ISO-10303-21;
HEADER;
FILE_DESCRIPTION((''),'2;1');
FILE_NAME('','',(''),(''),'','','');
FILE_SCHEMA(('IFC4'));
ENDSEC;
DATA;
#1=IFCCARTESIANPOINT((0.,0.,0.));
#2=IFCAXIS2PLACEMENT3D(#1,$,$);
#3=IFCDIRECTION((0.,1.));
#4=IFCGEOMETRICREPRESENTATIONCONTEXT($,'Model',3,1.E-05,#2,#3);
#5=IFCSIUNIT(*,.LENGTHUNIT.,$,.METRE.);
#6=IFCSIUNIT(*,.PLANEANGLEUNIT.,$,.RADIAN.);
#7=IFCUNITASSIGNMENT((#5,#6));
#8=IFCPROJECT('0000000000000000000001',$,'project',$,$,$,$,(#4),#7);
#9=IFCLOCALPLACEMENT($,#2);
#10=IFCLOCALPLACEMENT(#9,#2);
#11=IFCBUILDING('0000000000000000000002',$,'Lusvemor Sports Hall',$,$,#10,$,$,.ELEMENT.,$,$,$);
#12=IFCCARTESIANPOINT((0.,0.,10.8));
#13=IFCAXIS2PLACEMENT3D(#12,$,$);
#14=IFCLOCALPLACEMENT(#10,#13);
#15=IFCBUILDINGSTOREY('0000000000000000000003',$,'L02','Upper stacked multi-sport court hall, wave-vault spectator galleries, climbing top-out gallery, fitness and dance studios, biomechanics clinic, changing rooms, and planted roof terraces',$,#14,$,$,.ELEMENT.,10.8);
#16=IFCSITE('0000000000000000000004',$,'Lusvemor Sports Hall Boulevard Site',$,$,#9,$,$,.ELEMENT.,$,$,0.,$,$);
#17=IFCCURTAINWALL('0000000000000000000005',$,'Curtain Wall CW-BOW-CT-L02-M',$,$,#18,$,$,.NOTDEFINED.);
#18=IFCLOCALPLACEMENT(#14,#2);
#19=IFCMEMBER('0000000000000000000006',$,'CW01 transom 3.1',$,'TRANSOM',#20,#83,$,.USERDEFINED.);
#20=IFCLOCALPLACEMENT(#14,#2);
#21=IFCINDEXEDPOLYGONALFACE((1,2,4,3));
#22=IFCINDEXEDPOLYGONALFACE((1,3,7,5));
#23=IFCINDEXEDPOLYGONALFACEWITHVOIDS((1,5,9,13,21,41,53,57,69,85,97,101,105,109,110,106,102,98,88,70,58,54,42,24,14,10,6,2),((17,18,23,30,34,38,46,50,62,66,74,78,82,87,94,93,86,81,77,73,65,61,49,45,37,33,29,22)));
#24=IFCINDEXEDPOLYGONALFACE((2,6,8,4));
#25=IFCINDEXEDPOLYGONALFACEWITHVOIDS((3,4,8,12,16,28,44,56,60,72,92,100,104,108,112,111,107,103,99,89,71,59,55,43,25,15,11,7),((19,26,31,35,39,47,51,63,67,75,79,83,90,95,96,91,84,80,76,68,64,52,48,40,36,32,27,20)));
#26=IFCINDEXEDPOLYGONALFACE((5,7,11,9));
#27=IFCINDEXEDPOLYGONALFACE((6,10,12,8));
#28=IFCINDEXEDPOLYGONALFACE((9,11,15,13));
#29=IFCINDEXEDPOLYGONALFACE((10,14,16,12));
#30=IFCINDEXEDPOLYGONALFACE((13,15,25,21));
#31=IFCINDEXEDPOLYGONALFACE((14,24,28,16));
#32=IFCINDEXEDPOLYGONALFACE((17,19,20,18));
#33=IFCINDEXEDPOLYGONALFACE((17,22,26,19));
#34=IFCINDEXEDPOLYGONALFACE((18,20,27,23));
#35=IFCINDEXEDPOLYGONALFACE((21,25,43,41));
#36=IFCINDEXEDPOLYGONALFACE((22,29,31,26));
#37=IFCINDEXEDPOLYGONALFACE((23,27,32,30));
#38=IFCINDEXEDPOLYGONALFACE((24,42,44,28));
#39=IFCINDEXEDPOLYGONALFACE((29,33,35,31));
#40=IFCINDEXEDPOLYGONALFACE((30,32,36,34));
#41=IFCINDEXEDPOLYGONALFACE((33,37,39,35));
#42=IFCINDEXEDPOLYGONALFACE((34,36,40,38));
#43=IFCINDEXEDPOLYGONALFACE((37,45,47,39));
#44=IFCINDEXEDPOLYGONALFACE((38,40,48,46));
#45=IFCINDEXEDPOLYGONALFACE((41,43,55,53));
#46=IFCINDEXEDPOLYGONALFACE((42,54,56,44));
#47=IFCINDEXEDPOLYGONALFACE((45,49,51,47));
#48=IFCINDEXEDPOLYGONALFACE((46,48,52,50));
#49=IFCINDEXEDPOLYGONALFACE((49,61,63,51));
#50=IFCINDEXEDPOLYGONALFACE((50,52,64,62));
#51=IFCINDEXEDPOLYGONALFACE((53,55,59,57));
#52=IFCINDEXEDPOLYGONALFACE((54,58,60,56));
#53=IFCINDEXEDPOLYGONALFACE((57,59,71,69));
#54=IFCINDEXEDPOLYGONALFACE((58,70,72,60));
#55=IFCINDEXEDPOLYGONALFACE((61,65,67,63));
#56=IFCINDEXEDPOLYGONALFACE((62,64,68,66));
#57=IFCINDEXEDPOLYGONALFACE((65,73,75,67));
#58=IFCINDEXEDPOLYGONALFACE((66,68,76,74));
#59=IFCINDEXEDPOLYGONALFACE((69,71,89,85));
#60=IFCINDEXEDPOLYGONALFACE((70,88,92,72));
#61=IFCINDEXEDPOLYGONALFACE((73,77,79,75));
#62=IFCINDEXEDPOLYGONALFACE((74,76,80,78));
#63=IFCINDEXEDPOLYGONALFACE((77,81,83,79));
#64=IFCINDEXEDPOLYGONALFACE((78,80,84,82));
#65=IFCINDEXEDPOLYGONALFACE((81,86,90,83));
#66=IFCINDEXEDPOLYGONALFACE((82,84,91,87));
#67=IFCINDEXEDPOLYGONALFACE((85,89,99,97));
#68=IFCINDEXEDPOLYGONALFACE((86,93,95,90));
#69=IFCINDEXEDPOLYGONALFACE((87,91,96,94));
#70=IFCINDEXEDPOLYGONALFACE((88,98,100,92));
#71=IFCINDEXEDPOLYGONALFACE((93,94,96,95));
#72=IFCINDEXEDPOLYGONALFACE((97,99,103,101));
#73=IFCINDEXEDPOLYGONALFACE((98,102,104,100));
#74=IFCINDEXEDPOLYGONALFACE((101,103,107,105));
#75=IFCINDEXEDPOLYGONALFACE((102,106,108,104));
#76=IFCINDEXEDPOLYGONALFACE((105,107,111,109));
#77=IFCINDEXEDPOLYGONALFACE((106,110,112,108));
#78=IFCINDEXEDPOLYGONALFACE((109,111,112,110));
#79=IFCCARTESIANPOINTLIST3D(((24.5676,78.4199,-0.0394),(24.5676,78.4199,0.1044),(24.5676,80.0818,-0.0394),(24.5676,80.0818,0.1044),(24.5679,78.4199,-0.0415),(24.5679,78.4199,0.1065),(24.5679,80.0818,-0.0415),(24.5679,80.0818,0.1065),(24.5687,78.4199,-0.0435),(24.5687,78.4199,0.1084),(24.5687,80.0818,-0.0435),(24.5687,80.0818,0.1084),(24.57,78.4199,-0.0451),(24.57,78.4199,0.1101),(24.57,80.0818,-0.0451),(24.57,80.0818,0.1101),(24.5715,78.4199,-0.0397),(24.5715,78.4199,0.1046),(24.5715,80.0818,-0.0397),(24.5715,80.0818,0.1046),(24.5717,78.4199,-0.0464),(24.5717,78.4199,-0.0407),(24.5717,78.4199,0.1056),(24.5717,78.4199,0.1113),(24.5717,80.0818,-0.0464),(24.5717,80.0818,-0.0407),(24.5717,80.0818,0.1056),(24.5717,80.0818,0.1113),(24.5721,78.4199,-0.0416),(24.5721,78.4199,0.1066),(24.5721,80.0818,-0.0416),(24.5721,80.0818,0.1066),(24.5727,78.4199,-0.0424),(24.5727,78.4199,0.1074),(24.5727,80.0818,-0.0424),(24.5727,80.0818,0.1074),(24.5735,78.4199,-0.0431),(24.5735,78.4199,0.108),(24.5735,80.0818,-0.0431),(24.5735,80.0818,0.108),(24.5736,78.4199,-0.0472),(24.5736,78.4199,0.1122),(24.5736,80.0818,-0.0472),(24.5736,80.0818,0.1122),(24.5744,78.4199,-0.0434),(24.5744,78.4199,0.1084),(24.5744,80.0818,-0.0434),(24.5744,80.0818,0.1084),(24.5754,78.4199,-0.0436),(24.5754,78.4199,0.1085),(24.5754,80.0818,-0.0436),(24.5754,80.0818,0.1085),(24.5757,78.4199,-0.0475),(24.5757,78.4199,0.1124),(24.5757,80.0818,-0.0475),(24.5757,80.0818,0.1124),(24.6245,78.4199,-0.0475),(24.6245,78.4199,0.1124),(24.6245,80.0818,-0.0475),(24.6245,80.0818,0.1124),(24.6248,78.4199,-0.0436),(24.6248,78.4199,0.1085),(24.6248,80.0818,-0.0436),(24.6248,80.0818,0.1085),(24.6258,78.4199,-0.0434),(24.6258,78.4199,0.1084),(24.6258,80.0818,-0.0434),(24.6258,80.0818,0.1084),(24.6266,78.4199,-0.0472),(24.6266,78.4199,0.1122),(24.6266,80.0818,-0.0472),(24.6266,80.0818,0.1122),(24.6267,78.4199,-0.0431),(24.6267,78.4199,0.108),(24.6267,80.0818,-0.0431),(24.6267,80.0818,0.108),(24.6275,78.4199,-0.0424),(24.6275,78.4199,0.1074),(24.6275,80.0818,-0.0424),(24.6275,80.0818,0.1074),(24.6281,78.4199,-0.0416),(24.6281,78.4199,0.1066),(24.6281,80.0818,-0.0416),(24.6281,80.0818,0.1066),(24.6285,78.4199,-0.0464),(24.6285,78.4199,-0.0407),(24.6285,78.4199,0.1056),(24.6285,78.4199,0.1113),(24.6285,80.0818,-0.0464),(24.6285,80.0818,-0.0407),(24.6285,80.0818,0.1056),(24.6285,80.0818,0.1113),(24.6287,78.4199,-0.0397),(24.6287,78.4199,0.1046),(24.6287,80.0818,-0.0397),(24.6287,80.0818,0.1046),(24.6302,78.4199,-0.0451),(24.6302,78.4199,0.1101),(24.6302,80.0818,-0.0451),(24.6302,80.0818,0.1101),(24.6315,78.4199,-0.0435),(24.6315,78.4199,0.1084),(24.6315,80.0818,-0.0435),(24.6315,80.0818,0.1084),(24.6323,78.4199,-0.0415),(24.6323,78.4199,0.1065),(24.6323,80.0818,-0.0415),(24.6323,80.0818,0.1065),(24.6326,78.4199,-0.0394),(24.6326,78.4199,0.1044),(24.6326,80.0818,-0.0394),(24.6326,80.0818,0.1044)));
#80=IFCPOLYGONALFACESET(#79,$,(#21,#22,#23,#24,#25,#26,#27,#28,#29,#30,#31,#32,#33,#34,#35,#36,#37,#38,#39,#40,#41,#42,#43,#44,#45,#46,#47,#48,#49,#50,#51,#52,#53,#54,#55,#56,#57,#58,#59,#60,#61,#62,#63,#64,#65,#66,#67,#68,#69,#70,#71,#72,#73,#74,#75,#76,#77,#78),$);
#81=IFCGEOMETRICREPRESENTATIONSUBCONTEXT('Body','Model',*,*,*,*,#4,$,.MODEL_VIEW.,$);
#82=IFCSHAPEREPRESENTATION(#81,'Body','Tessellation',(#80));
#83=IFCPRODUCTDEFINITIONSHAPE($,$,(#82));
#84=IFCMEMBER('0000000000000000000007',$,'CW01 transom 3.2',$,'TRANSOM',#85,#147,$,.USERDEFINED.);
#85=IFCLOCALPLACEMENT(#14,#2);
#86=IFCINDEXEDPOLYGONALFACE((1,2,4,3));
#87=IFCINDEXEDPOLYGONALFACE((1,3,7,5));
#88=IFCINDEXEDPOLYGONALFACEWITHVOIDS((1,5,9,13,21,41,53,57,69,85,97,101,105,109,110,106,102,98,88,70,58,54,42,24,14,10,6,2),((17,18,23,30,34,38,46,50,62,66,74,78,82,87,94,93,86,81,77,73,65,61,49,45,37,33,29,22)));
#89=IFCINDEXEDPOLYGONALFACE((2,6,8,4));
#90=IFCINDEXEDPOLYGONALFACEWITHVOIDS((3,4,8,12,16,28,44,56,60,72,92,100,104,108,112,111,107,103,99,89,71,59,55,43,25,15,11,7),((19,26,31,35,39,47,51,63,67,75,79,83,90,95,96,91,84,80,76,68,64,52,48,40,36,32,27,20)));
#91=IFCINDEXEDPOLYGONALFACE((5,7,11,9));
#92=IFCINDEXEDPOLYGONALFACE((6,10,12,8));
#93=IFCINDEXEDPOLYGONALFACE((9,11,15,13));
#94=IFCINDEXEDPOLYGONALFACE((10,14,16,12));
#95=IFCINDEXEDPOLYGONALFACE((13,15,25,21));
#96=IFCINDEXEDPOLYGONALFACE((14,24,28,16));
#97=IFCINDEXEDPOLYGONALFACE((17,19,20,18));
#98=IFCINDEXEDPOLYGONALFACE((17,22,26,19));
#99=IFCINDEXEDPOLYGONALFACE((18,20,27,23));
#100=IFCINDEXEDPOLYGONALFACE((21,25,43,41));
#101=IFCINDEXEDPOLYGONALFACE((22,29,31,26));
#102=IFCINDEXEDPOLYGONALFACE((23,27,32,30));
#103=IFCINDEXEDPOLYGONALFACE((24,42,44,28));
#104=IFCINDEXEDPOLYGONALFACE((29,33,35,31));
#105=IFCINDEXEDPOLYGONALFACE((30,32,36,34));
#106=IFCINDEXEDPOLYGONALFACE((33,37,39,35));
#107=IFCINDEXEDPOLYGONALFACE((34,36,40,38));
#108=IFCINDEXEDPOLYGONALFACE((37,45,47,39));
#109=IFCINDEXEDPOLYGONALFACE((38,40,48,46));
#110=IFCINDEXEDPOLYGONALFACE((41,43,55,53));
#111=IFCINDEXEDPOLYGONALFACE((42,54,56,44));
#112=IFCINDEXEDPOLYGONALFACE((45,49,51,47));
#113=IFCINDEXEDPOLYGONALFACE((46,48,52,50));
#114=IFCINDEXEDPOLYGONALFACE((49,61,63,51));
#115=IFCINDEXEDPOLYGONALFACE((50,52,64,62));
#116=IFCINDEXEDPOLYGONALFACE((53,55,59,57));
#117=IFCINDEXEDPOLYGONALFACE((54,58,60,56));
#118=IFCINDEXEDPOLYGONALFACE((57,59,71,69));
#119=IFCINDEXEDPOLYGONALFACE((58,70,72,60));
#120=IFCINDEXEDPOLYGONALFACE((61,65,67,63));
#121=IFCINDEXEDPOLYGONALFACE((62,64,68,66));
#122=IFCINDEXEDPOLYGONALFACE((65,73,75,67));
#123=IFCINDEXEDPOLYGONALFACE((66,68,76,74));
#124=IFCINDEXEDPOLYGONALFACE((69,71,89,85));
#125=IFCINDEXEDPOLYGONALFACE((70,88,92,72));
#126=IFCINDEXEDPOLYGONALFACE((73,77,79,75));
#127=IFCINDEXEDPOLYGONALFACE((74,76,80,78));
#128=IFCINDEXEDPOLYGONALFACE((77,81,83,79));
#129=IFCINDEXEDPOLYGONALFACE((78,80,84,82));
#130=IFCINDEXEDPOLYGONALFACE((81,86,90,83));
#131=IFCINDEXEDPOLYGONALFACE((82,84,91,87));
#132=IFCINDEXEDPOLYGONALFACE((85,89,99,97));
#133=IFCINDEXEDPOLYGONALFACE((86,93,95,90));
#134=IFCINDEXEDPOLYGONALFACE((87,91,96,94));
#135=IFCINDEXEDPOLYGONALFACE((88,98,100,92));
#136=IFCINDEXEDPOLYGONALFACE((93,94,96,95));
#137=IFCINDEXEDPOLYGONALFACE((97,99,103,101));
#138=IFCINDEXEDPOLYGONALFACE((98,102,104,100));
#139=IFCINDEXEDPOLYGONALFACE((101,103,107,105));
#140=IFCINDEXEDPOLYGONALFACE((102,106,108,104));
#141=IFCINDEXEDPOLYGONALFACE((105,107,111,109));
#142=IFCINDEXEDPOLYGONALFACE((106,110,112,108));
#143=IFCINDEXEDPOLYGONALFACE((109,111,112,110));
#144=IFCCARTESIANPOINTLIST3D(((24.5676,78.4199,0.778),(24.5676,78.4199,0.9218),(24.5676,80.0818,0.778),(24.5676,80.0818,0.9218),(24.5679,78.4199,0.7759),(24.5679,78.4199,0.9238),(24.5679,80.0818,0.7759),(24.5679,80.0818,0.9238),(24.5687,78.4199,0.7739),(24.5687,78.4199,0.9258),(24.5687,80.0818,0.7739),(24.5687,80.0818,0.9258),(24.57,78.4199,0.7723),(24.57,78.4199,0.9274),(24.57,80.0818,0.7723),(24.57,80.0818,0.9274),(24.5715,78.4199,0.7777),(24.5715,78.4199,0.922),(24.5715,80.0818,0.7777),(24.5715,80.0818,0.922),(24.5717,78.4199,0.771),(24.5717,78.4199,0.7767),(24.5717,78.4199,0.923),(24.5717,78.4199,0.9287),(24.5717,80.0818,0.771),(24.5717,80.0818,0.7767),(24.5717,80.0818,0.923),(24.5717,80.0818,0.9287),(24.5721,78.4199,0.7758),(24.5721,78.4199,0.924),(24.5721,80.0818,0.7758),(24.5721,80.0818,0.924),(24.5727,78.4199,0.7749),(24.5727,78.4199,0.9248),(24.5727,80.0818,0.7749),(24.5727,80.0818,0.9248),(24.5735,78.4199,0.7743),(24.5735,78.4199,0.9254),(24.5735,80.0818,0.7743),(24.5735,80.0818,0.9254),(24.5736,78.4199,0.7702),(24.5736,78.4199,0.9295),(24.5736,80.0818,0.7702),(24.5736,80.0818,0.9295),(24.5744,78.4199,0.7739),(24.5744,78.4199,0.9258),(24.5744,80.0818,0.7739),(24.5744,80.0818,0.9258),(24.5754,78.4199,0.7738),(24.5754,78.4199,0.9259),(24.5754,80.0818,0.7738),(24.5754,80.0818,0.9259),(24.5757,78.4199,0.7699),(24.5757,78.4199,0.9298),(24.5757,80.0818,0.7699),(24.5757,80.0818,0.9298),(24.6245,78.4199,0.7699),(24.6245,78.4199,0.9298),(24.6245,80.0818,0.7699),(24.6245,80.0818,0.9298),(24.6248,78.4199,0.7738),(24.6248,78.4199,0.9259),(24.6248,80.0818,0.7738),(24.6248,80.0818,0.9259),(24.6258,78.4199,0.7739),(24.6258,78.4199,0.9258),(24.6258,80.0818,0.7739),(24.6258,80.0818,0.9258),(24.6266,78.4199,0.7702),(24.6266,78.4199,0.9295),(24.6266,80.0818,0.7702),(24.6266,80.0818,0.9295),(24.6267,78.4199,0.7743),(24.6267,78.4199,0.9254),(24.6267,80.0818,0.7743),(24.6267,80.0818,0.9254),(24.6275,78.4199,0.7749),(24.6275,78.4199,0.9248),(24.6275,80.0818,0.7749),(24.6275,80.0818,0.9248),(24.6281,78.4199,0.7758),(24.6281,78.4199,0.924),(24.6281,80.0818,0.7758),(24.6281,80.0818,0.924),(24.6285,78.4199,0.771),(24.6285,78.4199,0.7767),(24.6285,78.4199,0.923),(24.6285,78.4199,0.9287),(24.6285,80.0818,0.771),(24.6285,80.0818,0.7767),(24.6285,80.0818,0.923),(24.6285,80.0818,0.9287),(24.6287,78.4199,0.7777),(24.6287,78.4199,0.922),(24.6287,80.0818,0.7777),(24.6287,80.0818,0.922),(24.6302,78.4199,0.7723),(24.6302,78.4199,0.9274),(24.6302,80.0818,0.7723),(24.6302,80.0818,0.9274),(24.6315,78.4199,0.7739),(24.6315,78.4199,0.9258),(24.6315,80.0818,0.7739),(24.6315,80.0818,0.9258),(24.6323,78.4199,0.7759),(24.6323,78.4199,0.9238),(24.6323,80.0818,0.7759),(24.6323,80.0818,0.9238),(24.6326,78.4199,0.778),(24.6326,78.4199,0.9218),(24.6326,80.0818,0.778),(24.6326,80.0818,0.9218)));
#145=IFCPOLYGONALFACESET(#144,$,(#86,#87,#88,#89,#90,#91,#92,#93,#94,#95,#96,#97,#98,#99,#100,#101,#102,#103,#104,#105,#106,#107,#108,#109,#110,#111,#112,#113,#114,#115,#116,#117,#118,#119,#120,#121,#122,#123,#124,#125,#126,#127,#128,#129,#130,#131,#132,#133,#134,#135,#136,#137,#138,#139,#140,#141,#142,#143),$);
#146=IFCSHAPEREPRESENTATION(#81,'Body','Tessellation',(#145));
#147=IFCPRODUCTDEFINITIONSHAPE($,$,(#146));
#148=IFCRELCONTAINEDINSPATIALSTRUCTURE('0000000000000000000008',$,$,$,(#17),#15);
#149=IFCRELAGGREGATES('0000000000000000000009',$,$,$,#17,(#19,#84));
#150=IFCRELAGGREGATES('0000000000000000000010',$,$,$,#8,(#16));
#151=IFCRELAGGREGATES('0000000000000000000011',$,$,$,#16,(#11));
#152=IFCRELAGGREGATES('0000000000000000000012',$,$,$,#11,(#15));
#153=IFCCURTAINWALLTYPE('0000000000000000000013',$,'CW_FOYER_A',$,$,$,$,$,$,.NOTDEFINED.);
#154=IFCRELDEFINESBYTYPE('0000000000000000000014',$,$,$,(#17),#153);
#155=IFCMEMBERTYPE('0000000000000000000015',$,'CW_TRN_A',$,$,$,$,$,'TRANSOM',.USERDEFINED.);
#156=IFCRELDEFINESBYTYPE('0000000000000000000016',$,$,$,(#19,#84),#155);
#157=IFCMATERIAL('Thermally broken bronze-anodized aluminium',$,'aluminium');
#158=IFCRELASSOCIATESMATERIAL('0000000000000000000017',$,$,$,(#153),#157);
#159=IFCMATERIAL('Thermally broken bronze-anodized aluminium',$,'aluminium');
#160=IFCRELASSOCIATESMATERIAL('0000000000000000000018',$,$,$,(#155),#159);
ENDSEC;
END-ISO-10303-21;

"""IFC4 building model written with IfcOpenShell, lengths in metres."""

from ifc_helpers import new_model, si_unit, direction, frame, origin, origin_2d, place, context, subcontext, project, spatial, hollow_rectangle, extrude, material, material_profile, profile_set, type_object, element, aggregate, save


model = new_model("IFC4")

# Units and contexts
model_context = context("Model", 3, precision=1e-05, world=origin(), true_north=direction((0.0, 1.0)))
body_context = subcontext(model_context, "Body", "Model", "MODEL_VIEW")
ifc_project = project(units=[si_unit("LENGTHUNIT", "METRE"), si_unit("PLANEANGLEUNIT", "RADIAN")], contexts=[model_context])

# Site, building, storey
site_placement = place(None, origin())
site = spatial("IfcSite", under=ifc_project, at=site_placement, Name="Lusvemor Sports Hall Boulevard Site", CompositionType="ELEMENT", RefElevation=0.0)
building_placement = place(site_placement, origin())
building = spatial("IfcBuilding", under=site, at=building_placement, Name="Lusvemor Sports Hall", CompositionType="ELEMENT")
storey_placement = place(building_placement, frame((0.0, 0.0, 10.8)))
storey = spatial("IfcBuildingStorey", under=building, at=storey_placement, Name="L02", Description="Upper stacked multi-sport court hall, wave-vault spectator galleries, climbing top-out gallery, fitness and dance studios, biomechanics clinic, changing rooms, and planted roof terraces", CompositionType="ELEMENT", Elevation=10.8)

# Curtain wall, members
ifc_material_1 = material(Name="Thermally broken bronze-anodized aluminium", Category="aluminium")
curtain_wall_type = type_object("IfcCurtainWallType", Name="CW_FOYER_A", PredefinedType="NOTDEFINED", material=ifc_material_1)
curtain_wall_placement = place(storey_placement, origin())
curtain_wall = element("IfcCurtainWall", 1, at=curtain_wall_placement, inside=storey, type_object=curtain_wall_type, Name="Curtain Wall CW-BOW-CT-L02-M", PredefinedType="NOTDEFINED")
ifc_material_2 = material(Name="Thermally broken bronze-anodized aluminium", Category="aluminium")
ifc_material_profile_1 = material_profile(ifc_material_2, hollow_rectangle(XDim=0.0649, YDim=0.1599, WallThickness=0.0039, InnerFilletRadius=0.0039, OuterFilletRadius=0.0081, at=origin_2d()), Name="CWTRN160x65x4")
ifc_profile_set_1 = profile_set([ifc_material_profile_1], Name="Thermally broken bronze-anodized aluminium")
member_type_1 = type_object("IfcMemberType", Name="CW_TRN_A", ElementType="TRANSOM", PredefinedType="USERDEFINED", material=ifc_profile_set_1)
member_1_placement = place(storey_placement, frame((24.6001, 80.0818, 0.0325), z_axis=(0.0, -1.0, 0.0), x_axis=(1.0, 0.0, 0.0)))
member_1 = element("IfcMember", 2, at=member_1_placement, type_object=member_type_1, Name="CW01 transom 3.1", ObjectType="TRANSOM", PredefinedType="USERDEFINED", context=body_context, shape_type="SweptSolid", body=[
    extrude(hollow_rectangle(XDim=0.0649, YDim=0.1599, WallThickness=0.0039, InnerFilletRadius=0.0039, OuterFilletRadius=0.0081, at=origin_2d()), origin(), (0.0, 0.0, 1.0), 1.6619),
])
member_2_placement = place(storey_placement, frame((24.6001, 80.0818, 0.8499), z_axis=(0.0, -1.0, 0.0), x_axis=(1.0, 0.0, 0.0)))
member_2 = element("IfcMember", 3, at=member_2_placement, type_object=member_type_1, Name="CW01 transom 3.2", ObjectType="TRANSOM", PredefinedType="USERDEFINED", context=body_context, shape_type="SweptSolid", body=[
    extrude(hollow_rectangle(XDim=0.0649, YDim=0.1599, WallThickness=0.0039, InnerFilletRadius=0.0039, OuterFilletRadius=0.0081, at=origin_2d()), origin(), (0.0, 0.0, 1.0), 1.6619),
])

aggregate(curtain_wall, [member_1, member_2])

save(model, "model.ifc")
